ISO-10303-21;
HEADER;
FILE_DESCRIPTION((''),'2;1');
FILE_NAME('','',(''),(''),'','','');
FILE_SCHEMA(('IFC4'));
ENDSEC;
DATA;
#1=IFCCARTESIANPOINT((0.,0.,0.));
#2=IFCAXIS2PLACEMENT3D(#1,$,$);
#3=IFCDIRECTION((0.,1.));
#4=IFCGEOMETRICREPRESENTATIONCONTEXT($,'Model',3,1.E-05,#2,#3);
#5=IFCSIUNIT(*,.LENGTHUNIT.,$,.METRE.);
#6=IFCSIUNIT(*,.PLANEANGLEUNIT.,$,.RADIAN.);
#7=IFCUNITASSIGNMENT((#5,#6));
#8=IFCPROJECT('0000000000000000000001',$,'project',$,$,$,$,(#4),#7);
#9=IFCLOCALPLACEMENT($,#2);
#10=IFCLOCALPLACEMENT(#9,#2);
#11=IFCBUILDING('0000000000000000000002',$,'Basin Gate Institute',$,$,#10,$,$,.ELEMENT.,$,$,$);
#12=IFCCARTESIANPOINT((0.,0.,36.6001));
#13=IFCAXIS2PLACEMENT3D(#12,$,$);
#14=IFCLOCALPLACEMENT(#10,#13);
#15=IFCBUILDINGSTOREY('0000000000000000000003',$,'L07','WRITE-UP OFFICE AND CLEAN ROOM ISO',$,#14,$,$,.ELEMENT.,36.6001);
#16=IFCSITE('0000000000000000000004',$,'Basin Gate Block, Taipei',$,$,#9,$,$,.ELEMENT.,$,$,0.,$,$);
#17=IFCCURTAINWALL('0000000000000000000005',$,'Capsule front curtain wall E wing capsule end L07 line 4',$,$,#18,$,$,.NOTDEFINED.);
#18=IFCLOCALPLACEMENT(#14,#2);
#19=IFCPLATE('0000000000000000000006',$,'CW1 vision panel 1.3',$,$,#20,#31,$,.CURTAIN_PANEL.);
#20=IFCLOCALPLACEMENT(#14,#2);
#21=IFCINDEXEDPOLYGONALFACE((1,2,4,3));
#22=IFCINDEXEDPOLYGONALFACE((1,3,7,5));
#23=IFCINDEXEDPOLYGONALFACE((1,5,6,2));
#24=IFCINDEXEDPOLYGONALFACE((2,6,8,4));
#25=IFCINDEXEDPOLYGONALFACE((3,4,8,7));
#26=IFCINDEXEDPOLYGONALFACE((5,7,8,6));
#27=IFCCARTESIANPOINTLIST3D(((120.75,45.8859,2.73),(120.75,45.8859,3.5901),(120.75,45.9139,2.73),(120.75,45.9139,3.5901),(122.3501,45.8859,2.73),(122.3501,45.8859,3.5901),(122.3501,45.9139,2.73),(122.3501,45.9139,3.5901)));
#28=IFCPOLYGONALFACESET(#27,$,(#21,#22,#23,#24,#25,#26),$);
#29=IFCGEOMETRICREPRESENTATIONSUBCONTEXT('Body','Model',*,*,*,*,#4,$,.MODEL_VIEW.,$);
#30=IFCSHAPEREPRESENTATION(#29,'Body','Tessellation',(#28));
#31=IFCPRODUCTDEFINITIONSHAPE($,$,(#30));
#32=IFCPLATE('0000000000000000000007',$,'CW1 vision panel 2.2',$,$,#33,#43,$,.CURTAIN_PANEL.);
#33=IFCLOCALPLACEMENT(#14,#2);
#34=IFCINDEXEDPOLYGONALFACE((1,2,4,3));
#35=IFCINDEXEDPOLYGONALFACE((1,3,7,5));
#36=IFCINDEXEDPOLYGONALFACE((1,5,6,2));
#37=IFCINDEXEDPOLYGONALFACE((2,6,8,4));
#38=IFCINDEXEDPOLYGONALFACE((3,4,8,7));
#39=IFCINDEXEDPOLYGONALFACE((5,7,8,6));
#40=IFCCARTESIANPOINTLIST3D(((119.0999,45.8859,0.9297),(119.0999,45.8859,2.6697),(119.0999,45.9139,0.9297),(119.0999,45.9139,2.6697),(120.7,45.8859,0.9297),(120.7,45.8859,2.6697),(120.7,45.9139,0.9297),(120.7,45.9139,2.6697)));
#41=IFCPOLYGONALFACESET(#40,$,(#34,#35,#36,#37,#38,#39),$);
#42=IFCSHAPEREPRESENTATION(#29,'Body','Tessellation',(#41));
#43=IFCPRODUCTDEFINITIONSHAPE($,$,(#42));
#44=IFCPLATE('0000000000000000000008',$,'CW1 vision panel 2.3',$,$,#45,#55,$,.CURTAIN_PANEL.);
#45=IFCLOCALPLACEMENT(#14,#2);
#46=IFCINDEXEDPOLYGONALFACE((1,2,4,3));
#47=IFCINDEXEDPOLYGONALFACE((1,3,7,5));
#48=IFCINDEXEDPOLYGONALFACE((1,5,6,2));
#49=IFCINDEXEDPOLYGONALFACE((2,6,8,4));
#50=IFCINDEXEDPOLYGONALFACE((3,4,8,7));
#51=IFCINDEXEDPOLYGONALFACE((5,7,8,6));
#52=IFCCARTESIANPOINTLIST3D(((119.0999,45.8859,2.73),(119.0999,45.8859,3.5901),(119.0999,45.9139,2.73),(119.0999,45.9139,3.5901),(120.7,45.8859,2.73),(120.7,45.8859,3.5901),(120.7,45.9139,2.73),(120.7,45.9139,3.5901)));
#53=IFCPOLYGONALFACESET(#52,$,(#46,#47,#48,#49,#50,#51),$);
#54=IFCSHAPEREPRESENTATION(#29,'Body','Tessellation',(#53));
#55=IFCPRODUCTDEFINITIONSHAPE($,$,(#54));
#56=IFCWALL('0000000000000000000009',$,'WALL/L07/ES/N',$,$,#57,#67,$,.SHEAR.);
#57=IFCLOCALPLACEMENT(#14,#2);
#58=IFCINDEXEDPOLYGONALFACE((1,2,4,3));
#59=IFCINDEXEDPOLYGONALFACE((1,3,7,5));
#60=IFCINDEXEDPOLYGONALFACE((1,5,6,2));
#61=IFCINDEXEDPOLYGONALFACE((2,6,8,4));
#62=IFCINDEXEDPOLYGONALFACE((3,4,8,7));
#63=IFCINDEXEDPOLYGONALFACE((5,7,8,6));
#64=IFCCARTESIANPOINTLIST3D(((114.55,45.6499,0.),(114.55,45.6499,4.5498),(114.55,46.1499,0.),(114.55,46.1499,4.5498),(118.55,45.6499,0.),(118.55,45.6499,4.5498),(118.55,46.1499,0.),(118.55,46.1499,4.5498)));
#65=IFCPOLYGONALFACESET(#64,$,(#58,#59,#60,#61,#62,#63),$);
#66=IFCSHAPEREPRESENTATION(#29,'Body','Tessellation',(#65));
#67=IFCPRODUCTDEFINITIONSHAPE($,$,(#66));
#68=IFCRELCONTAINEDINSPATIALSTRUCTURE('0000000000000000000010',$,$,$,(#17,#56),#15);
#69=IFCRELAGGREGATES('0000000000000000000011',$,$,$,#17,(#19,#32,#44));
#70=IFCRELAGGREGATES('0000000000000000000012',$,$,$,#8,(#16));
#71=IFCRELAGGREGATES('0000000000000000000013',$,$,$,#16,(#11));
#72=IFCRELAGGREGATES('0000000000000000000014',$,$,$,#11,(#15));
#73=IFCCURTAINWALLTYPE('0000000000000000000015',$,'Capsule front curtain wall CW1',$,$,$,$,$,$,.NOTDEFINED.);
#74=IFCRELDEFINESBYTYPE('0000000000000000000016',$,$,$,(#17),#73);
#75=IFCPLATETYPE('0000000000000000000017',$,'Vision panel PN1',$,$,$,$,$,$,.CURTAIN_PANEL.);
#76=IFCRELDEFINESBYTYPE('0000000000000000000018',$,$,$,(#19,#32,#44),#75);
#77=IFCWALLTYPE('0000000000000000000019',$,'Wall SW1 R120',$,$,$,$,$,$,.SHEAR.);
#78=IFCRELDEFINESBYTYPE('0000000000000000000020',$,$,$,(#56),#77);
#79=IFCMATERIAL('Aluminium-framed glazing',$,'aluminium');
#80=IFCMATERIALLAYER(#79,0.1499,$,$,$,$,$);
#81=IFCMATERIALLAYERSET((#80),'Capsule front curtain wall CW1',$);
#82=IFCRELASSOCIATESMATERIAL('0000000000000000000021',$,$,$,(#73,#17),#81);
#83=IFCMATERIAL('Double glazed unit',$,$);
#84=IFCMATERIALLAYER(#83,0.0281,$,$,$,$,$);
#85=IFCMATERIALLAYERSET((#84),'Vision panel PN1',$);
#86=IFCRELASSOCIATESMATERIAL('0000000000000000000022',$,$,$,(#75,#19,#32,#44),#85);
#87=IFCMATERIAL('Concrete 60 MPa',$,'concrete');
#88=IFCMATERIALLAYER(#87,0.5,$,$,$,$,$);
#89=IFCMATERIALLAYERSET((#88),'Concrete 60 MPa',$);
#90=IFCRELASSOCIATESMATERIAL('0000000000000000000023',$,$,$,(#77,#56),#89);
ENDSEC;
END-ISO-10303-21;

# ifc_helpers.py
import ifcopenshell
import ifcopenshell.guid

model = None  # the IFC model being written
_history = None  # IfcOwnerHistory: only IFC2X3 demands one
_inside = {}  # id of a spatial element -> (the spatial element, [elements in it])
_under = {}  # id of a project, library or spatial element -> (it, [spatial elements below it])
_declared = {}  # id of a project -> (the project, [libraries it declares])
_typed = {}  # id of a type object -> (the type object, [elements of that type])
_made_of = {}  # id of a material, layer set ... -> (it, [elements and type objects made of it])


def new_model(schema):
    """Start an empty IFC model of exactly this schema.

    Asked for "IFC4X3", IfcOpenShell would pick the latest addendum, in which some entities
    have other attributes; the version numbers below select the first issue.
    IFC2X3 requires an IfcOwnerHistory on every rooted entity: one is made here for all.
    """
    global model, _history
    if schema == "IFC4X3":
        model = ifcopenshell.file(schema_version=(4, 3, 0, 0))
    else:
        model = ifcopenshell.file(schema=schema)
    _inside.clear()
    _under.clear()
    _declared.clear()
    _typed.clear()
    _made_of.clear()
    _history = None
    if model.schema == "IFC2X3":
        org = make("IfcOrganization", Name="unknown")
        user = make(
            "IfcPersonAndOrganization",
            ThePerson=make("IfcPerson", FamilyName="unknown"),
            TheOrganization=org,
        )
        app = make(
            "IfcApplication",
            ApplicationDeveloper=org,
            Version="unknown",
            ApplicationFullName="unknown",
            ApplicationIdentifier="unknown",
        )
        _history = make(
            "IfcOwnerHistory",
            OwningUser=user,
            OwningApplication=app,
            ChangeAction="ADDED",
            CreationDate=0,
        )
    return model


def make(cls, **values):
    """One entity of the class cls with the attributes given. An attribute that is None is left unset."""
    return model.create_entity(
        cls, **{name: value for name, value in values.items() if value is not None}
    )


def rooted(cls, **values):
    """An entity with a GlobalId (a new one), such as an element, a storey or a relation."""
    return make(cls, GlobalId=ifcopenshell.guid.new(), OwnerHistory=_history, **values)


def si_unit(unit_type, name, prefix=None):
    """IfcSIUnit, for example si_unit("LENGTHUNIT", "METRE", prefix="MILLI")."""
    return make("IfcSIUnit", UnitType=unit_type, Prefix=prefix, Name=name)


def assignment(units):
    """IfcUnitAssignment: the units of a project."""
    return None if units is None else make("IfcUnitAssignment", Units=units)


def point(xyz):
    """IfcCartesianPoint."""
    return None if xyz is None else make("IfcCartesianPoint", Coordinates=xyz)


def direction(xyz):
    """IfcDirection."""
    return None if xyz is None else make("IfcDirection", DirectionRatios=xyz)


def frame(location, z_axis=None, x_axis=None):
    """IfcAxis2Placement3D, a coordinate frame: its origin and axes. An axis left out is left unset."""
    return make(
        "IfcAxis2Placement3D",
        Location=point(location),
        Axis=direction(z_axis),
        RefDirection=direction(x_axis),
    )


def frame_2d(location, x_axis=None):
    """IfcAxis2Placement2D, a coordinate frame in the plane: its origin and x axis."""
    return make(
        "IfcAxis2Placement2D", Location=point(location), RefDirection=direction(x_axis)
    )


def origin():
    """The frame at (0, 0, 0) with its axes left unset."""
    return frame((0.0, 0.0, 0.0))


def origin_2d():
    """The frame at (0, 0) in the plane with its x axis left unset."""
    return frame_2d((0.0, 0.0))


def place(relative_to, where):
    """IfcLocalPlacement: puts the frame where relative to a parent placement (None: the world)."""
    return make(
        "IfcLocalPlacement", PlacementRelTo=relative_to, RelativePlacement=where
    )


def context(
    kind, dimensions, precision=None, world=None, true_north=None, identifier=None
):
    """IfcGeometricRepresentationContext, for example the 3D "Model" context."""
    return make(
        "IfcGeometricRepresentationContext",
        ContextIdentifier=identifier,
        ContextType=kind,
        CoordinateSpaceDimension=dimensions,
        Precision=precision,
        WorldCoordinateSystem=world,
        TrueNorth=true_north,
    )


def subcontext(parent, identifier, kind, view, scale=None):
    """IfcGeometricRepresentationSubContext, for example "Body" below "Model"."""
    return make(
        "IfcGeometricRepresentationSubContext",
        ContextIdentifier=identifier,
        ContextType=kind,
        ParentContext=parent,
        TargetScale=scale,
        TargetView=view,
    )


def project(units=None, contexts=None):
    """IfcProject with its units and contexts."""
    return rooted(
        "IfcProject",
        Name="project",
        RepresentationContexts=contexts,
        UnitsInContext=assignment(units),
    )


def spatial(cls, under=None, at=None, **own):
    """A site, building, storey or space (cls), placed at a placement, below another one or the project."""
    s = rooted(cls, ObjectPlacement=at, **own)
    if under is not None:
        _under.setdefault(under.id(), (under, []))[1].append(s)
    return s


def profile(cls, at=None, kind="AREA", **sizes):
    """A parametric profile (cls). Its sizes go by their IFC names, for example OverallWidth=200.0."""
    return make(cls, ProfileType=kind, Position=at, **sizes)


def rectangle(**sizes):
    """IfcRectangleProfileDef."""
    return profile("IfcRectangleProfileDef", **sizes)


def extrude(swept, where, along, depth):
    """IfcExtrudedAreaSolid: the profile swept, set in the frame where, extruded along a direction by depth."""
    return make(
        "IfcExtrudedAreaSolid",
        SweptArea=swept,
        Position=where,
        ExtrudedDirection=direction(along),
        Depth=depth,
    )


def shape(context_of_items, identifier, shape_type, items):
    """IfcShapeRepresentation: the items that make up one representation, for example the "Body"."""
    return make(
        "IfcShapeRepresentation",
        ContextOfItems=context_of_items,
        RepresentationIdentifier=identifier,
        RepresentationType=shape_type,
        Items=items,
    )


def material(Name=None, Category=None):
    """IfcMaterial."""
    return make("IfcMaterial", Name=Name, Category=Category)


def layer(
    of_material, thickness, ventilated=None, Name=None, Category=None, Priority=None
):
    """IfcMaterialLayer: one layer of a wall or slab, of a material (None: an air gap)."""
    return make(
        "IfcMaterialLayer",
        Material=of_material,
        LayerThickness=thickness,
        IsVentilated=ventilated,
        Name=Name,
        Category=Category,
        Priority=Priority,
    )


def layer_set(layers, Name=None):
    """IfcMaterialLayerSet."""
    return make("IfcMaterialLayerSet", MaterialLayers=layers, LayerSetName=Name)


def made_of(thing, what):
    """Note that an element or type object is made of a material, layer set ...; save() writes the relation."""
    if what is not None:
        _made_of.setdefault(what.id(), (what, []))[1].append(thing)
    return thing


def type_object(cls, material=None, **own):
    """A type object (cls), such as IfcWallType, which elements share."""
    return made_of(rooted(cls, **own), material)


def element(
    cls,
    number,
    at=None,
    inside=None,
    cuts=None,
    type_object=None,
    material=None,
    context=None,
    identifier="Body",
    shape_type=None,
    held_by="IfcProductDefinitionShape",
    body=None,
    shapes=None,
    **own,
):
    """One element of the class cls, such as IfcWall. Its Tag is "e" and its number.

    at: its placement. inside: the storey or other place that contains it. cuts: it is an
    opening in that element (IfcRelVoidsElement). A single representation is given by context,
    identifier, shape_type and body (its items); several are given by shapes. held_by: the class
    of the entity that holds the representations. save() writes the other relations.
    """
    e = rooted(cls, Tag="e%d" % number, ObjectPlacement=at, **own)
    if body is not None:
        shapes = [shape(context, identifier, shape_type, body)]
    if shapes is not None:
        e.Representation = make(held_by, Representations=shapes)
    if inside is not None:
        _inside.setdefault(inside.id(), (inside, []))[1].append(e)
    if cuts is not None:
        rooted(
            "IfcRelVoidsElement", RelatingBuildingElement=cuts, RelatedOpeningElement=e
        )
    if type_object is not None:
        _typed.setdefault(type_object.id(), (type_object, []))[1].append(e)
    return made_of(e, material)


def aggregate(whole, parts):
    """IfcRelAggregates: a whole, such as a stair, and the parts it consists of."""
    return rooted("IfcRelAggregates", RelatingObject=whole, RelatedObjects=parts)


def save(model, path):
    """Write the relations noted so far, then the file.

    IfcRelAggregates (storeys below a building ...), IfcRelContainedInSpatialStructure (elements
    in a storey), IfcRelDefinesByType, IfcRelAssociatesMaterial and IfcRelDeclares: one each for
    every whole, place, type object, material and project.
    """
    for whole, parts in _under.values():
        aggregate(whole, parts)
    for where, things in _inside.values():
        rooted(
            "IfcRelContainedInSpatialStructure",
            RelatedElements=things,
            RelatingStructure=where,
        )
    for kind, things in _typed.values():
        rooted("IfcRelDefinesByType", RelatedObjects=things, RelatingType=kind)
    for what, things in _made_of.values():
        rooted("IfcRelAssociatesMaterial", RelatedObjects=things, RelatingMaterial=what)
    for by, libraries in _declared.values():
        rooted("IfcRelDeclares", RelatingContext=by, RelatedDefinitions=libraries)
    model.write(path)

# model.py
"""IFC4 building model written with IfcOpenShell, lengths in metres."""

from ifc_helpers import new_model, si_unit, direction, frame, frame_2d, origin, origin_2d, place, context, subcontext, project, spatial, rectangle, extrude, material, layer, layer_set, type_object, element, aggregate, save


model = new_model("IFC4")

# Units and contexts
model_context = context("Model", 3, precision=1e-05, world=origin(), true_north=direction((0.0, 1.0)))
body_context = subcontext(model_context, "Body", "Model", "MODEL_VIEW")
ifc_project = project(units=[si_unit("LENGTHUNIT", "METRE"), si_unit("PLANEANGLEUNIT", "RADIAN")], contexts=[model_context])

# Site, building, storey
site_placement = place(None, origin())
site = spatial("IfcSite", under=ifc_project, at=site_placement, Name="Basin Gate Block, Taipei", CompositionType="ELEMENT", RefElevation=0.0)
building_placement = place(site_placement, origin())
building = spatial("IfcBuilding", under=site, at=building_placement, Name="Basin Gate Institute", CompositionType="ELEMENT")
storey_placement = place(building_placement, frame((0.0, 0.0, 36.6001)))
storey = spatial("IfcBuildingStorey", under=building, at=storey_placement, Name="L07", Description="WRITE-UP OFFICE AND CLEAN ROOM ISO", CompositionType="ELEMENT", Elevation=36.6001)

# Curtain wall, plates
ifc_material_1 = material(Name="Aluminium-framed glazing", Category="aluminium")
ifc_layer_1 = layer(ifc_material_1, 0.1499)
ifc_layer_set_1 = layer_set([ifc_layer_1], Name="Capsule front curtain wall CW1")
curtain_wall_type = type_object("IfcCurtainWallType", Name="Capsule front curtain wall CW1", PredefinedType="NOTDEFINED", material=ifc_layer_set_1)
curtain_wall_placement = place(storey_placement, origin())
curtain_wall = element("IfcCurtainWall", 1, at=curtain_wall_placement, inside=storey, type_object=curtain_wall_type, material=ifc_layer_set_1, Name="Capsule front curtain wall E wing capsule end L07 line 4", PredefinedType="NOTDEFINED")
ifc_material_2 = material(Name="Double glazed unit")
ifc_layer_2 = layer(ifc_material_2, 0.0281)
ifc_layer_set_2 = layer_set([ifc_layer_2], Name="Vision panel PN1")
plate_type_1 = type_object("IfcPlateType", Name="Vision panel PN1", PredefinedType="CURTAIN_PANEL", material=ifc_layer_set_2)
plate_1_placement = place(storey_placement, frame((121.55, 45.8999, 2.73), z_axis=(0.0, 0.0, 1.0), x_axis=(-1.0, 0.0, 0.0)))
plate_1 = element("IfcPlate", 2, at=plate_1_placement, type_object=plate_type_1, material=ifc_layer_set_2, Name="CW1 vision panel 1.3", PredefinedType="CURTAIN_PANEL", context=body_context, shape_type="SweptSolid", body=[
    extrude(rectangle(XDim=1.6001, YDim=0.0281, at=origin_2d()), origin(), (0.0, 0.0, 1.0), 0.8601),
])
plate_2_placement = place(storey_placement, frame((119.8999, 45.8999, 0.9297), z_axis=(0.0, 0.0, 1.0), x_axis=(-1.0, 0.0, 0.0)))
plate_2 = element("IfcPlate", 3, at=plate_2_placement, type_object=plate_type_1, material=ifc_layer_set_2, Name="CW1 vision panel 2.2", PredefinedType="CURTAIN_PANEL", context=body_context, shape_type="SweptSolid", body=[
    extrude(rectangle(XDim=1.6001, YDim=0.0281, at=origin_2d()), origin(), (0.0, 0.0, 1.0), 1.74),
])
plate_3_placement = place(storey_placement, frame((119.8999, 45.8999, 2.73), z_axis=(0.0, 0.0, 1.0), x_axis=(-1.0, 0.0, 0.0)))
plate_3 = element("IfcPlate", 4, at=plate_3_placement, type_object=plate_type_1, material=ifc_layer_set_2, Name="CW1 vision panel 2.3", PredefinedType="CURTAIN_PANEL", context=body_context, shape_type="SweptSolid", body=[
    extrude(rectangle(XDim=1.6001, YDim=0.0281, at=origin_2d()), origin(), (0.0, 0.0, 1.0), 0.8601),
])
aggregate(curtain_wall, [plate_1, plate_2, plate_3])

# Wall
ifc_material_3 = material(Name="Concrete 60 MPa", Category="concrete")
ifc_layer_3 = layer(ifc_material_3, 0.5)
ifc_layer_set_3 = layer_set([ifc_layer_3], Name="Concrete 60 MPa")
wall_type = type_object("IfcWallType", Name="Wall SW1 R120", PredefinedType="SHEAR", material=ifc_layer_set_3)
wall_placement = place(storey_placement, frame((118.55, 45.8999, 0.0), z_axis=(0.0, 0.0, 1.0), x_axis=(-1.0, 0.0, 0.0)))
element("IfcWall", 5, at=wall_placement, inside=storey, type_object=wall_type, material=ifc_layer_set_3, Name="WALL/L07/ES/N", PredefinedType="SHEAR", context=body_context, shape_type="SweptSolid", body=[
    extrude(rectangle(XDim=4.0, YDim=0.5, at=frame_2d((2.0, 0.0))), origin(), (0.0, 0.0, 1.0), 4.5498),
])

save(model, "model.ifc")
